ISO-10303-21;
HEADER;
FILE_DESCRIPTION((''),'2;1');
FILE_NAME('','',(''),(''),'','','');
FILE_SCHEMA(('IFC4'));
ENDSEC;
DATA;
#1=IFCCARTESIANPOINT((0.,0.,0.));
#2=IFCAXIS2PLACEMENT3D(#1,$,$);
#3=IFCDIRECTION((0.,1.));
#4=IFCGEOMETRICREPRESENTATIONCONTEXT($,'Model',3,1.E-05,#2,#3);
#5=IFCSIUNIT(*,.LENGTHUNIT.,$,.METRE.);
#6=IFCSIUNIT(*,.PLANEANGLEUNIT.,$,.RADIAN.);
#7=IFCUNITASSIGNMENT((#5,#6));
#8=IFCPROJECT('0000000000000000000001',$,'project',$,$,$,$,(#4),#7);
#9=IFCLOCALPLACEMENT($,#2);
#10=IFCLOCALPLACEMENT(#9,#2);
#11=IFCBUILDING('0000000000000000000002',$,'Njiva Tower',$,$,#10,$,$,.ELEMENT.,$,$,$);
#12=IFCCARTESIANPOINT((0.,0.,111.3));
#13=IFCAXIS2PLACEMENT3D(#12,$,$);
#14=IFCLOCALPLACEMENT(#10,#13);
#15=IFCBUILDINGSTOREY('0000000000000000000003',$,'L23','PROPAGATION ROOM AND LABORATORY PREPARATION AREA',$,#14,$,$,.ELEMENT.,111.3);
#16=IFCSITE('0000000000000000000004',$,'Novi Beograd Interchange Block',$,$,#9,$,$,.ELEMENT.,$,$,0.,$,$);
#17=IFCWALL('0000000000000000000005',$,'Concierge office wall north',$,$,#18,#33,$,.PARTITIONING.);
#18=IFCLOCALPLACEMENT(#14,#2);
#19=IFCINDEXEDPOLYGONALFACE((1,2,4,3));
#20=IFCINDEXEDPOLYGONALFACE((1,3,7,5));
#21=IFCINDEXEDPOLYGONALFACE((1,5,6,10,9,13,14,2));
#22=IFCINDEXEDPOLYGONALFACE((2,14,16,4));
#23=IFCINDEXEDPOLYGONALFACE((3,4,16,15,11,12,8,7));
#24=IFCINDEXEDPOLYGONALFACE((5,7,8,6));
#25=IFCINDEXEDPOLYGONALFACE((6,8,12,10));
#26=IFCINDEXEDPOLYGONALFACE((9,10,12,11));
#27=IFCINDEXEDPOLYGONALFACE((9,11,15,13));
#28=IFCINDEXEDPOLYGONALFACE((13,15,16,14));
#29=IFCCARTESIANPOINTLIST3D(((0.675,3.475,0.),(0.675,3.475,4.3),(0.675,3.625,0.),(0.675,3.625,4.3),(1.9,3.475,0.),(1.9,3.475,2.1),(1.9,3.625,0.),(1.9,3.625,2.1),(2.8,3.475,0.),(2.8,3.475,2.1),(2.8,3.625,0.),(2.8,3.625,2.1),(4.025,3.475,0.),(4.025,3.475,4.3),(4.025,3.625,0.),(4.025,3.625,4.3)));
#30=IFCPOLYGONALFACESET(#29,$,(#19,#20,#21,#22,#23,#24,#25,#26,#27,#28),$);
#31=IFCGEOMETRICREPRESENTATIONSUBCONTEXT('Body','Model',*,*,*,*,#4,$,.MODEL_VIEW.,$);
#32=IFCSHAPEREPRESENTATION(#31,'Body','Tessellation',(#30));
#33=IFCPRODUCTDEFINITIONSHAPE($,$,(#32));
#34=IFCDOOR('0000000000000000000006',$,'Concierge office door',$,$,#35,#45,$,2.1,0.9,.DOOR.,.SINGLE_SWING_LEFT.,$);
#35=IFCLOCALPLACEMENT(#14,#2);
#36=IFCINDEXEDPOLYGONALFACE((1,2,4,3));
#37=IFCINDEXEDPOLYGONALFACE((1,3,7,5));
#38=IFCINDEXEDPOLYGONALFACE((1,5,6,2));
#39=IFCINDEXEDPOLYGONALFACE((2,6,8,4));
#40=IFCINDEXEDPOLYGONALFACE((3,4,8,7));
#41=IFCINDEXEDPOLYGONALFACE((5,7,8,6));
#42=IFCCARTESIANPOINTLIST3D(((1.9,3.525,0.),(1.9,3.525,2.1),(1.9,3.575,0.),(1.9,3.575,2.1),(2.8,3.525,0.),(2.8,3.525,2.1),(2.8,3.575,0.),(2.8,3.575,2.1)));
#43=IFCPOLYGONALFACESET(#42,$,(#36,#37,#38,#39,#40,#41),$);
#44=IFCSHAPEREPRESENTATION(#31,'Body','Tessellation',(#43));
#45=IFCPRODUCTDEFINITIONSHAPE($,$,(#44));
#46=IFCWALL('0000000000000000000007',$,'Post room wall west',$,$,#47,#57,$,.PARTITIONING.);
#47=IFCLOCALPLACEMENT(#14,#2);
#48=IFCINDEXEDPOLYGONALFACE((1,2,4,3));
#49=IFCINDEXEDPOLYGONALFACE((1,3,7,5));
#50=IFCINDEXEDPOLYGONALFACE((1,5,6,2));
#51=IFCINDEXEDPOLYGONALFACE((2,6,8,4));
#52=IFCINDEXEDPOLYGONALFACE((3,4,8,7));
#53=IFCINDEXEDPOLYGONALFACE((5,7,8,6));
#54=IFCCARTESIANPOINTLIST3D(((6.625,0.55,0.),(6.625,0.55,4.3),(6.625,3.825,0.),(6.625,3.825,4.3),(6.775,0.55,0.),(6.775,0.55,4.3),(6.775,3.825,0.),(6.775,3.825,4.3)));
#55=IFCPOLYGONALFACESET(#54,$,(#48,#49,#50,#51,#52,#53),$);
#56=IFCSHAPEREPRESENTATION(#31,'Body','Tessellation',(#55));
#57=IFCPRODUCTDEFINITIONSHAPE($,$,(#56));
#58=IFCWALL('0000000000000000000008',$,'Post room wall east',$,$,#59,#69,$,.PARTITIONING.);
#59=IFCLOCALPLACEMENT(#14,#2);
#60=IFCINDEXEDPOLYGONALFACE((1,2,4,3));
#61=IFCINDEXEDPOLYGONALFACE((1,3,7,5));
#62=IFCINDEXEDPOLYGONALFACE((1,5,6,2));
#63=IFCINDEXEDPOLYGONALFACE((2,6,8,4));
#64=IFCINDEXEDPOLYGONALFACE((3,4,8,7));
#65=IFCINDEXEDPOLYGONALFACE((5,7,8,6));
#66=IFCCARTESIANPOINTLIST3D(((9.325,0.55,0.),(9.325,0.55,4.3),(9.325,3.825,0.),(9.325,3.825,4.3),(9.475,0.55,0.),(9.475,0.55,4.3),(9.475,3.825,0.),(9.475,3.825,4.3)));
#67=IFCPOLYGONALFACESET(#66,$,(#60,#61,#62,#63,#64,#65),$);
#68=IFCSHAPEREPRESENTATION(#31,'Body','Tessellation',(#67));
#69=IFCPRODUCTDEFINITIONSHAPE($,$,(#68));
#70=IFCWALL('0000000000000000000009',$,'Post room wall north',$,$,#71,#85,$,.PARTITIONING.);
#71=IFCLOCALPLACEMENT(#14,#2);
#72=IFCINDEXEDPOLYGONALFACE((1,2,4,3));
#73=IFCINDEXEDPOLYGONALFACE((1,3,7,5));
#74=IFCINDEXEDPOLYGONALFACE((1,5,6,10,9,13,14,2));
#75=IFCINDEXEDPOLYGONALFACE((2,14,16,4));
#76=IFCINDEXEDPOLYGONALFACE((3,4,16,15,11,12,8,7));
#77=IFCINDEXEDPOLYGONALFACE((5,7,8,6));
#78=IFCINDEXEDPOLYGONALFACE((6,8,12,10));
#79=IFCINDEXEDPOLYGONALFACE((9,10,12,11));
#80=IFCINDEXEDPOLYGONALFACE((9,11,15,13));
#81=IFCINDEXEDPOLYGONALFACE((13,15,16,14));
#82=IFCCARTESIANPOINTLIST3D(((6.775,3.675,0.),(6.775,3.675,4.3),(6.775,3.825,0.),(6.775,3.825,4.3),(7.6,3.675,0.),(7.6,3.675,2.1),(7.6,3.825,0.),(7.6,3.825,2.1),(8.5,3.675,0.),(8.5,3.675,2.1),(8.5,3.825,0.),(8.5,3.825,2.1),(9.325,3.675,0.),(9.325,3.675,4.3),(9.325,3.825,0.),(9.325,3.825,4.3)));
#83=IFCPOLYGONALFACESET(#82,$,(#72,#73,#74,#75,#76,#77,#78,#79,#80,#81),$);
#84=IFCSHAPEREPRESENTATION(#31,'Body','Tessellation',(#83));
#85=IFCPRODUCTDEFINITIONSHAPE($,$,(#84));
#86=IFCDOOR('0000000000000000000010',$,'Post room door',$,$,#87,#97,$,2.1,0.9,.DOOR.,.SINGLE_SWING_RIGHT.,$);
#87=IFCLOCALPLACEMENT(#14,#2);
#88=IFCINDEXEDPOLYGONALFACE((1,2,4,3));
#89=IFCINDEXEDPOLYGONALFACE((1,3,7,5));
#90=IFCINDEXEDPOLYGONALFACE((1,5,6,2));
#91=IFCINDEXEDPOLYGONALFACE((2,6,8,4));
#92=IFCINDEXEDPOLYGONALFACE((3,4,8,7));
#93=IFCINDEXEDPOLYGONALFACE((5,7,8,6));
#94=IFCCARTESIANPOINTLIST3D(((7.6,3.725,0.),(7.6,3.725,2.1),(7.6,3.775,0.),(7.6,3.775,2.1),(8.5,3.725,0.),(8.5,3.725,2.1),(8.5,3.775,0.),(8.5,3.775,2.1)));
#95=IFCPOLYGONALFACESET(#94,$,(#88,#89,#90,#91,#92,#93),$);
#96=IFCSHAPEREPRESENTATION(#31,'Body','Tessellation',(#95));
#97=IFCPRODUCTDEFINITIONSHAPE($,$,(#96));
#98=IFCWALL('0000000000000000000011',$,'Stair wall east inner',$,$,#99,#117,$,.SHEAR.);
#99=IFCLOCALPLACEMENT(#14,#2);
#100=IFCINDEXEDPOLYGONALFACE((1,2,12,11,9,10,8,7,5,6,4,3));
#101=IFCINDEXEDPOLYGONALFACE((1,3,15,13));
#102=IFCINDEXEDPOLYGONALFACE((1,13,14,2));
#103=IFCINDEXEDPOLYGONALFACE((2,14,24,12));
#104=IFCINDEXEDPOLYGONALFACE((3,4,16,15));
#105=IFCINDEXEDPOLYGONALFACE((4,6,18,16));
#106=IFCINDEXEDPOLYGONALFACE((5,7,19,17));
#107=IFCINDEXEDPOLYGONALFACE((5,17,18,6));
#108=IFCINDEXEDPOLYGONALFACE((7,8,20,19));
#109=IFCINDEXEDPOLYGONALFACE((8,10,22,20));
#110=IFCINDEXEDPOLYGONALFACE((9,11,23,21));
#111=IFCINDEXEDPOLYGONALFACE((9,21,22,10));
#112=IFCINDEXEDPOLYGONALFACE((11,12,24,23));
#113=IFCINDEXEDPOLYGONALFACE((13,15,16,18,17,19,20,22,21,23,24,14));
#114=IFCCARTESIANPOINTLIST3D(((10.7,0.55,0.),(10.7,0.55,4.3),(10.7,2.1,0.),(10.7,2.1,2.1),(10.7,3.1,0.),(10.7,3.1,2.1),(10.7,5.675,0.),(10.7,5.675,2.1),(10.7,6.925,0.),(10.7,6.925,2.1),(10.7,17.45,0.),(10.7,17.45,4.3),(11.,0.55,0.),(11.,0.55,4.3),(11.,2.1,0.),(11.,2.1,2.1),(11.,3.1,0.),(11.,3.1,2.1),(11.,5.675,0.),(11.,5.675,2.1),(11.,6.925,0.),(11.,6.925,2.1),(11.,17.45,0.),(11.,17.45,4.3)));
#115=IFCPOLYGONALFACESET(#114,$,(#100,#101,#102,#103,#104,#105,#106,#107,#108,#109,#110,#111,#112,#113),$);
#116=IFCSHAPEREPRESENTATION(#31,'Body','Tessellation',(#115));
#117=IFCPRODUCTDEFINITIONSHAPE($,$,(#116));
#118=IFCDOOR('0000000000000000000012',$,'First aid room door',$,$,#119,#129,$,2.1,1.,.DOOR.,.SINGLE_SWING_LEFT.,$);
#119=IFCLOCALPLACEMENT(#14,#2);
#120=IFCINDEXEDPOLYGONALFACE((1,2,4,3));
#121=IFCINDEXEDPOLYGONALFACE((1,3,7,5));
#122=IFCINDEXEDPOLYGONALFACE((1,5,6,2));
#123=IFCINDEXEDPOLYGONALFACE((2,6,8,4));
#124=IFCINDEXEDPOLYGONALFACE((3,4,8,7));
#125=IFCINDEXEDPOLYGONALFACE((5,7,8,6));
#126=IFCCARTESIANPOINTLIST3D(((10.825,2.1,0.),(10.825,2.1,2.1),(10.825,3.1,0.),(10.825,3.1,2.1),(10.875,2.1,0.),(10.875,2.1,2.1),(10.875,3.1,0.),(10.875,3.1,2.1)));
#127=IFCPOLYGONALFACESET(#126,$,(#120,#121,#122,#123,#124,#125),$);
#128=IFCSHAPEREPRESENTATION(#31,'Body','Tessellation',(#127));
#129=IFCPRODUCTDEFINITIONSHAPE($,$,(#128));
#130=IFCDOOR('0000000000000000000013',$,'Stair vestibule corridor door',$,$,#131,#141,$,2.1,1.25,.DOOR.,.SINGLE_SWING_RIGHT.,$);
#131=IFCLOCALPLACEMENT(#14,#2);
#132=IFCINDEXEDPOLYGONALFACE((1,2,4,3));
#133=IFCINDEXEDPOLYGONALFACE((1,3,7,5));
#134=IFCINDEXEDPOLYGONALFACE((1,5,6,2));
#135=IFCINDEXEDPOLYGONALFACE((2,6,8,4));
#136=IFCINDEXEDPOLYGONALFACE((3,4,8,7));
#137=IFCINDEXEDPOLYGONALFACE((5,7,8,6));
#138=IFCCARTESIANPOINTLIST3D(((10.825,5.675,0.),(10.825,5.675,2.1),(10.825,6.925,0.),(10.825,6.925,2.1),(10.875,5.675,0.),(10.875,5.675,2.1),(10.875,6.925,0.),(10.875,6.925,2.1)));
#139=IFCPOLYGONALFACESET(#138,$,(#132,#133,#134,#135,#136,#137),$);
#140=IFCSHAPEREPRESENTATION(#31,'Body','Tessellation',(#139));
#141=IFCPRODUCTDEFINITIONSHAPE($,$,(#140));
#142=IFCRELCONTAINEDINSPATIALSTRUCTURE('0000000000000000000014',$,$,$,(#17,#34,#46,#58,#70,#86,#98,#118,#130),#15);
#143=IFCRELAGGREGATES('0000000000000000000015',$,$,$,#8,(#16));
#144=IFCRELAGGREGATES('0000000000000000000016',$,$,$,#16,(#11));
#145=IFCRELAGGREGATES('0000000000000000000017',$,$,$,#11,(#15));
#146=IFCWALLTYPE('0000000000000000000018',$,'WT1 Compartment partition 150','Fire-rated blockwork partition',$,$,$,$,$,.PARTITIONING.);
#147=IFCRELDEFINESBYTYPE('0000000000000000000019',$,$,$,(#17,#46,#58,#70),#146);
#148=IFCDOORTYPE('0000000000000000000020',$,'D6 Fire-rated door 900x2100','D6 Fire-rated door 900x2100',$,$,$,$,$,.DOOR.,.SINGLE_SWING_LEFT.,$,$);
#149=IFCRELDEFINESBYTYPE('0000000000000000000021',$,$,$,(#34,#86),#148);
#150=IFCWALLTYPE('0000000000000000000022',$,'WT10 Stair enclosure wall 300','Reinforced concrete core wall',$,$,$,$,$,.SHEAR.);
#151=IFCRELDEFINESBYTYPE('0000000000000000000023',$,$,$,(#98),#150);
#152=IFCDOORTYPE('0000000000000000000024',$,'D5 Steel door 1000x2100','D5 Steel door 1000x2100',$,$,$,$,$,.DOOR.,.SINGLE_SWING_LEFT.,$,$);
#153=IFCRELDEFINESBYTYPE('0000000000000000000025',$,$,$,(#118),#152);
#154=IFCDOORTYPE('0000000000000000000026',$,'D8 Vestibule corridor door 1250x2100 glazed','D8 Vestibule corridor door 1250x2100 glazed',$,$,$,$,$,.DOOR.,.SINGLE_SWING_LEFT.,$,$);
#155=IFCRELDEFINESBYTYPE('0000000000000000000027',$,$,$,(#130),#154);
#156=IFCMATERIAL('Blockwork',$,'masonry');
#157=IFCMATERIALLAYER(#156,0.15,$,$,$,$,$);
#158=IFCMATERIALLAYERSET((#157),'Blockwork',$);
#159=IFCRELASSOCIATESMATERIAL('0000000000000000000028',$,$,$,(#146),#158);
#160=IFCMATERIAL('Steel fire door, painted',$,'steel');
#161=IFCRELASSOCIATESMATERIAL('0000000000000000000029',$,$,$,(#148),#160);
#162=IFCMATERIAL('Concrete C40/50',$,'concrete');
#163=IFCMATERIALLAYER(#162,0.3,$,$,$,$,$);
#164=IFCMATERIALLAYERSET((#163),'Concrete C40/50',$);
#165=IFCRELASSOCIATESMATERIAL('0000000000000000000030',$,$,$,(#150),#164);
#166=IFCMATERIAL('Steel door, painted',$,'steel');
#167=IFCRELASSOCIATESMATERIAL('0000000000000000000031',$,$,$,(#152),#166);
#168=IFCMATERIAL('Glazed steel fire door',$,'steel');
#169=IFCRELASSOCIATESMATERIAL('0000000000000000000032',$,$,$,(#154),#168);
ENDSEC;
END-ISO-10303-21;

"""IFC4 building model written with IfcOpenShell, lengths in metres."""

from ifc_helpers import new_model, si_unit, direction, frame, frame_2d, origin, place, context, subcontext, project, spatial, rectangle, extrude, material, layer, layer_set, type_object, element, fill, save


model = new_model("IFC4")

# Units and contexts
model_context = context("Model", 3, precision=1e-05, world=origin(), true_north=direction((0.0, 1.0)))
body_context = subcontext(model_context, "Body", "Model", "MODEL_VIEW")
ifc_project = project(units=[si_unit("LENGTHUNIT", "METRE"), si_unit("PLANEANGLEUNIT", "RADIAN")], contexts=[model_context])

# Site, building, storey
site_placement = place(None, origin())
site = spatial("IfcSite", under=ifc_project, at=site_placement, Name="Novi Beograd Interchange Block", CompositionType="ELEMENT", RefElevation=0.0)
building_placement = place(site_placement, origin())
building = spatial("IfcBuilding", under=site, at=building_placement, Name="Njiva Tower", CompositionType="ELEMENT")
storey_placement = place(building_placement, frame((0.0, 0.0, 111.3)))
storey = spatial("IfcBuildingStorey", under=building, at=storey_placement, Name="L23", Description="PROPAGATION ROOM AND LABORATORY PREPARATION AREA", CompositionType="ELEMENT", Elevation=111.3)

# Shared definitions
ifc_material_1 = material(Name="Concrete C40/50", Category="concrete")

# Shared definitions
ifc_material_2 = material(Name="Blockwork", Category="masonry")
ifc_layer_1 = layer(ifc_material_2, 0.15)
ifc_layer_set_1 = layer_set([ifc_layer_1], Name="Blockwork")
wall_type_1 = type_object("IfcWallType", Name="WT1 Compartment partition 150", Description="Fire-rated blockwork partition", PredefinedType="PARTITIONING", material=ifc_layer_set_1)

# Wall, opening, door
wall_1_placement = place(storey_placement, frame((0.675, 3.55, 0.0), z_axis=(0.0, 0.0, 1.0), x_axis=(1.0, 0.0, 0.0)))
wall_1 = element("IfcWall", 1, at=wall_1_placement, inside=storey, type_object=wall_type_1, Name="Concierge office wall north", PredefinedType="PARTITIONING", context=body_context, shape_type="SweptSolid", body=[
    extrude(rectangle(XDim=3.35, YDim=0.15, at=frame_2d((1.675, 0.0))), origin(), (0.0, 0.0, 1.0), 4.3),
])
opening_1_placement = place(wall_1_placement, frame((1.225, 0.0, 0.0)))
opening_1 = element("IfcOpeningElement", 2, at=opening_1_placement, cuts=wall_1, PredefinedType="OPENING", context=body_context, shape_type="SweptSolid", body=[
    extrude(rectangle(XDim=0.9, YDim=2.1, at=frame_2d((0.45, 1.05))), frame((0.0, 0.085, 0.0), z_axis=(0.0, -1.0, 0.0), x_axis=(1.0, 0.0, 0.0)), (0.0, 0.0, 1.0), 0.17),
])
ifc_material_3 = material(Name="Steel fire door, painted", Category="steel")
door_type_1 = type_object("IfcDoorType", Name="D6 Fire-rated door 900x2100", Description="D6 Fire-rated door 900x2100", OperationType="SINGLE_SWING_LEFT", PredefinedType="DOOR", material=ifc_material_3)
door_1_placement = place(opening_1_placement, origin())
door_1 = element("IfcDoor", 3, at=door_1_placement, inside=storey, type_object=door_type_1, Name="Concierge office door", OperationType="SINGLE_SWING_LEFT", OverallHeight=2.1, OverallWidth=0.9, PredefinedType="DOOR", context=body_context, shape_type="SweptSolid", body=[
    extrude(rectangle(XDim=0.9, YDim=2.1, at=frame_2d((0.45, 1.05))), frame((0.0, 0.025, 0.0), z_axis=(0.0, -1.0, 0.0), x_axis=(1.0, 0.0, 0.0)), (0.0, 0.0, 1.0), 0.05),
])
fill(opening_1, door_1)

# Walls
for number, where, z_axis, x_axis, name in (
    (4, (6.7, 0.55, 0.0), (0.0, 0.0, 1.0), (0.0, 1.0, 0.0), "Post room wall west"),
    (5, (9.4, 0.55, 0.0), (0.0, 0.0, 1.0), (0.0, 1.0, 0.0), "Post room wall east"),
):
    element("IfcWall", number, at=place(storey_placement, frame(where, z_axis=z_axis, x_axis=x_axis)), inside=storey, type_object=wall_type_1, Name=name, PredefinedType="PARTITIONING", context=body_context, shape_type="SweptSolid", body=[
        extrude(rectangle(XDim=3.275, YDim=0.15, at=frame_2d((1.6375, 0.0))), origin(), (0.0, 0.0, 1.0), 4.3),
    ])

# Wall, opening, door
wall_2_placement = place(storey_placement, frame((6.775, 3.75, 0.0), z_axis=(0.0, 0.0, 1.0), x_axis=(1.0, 0.0, 0.0)))
wall_2 = element("IfcWall", 6, at=wall_2_placement, inside=storey, type_object=wall_type_1, Name="Post room wall north", PredefinedType="PARTITIONING", context=body_context, shape_type="SweptSolid", body=[
    extrude(rectangle(XDim=2.55, YDim=0.15, at=frame_2d((1.275, 0.0))), origin(), (0.0, 0.0, 1.0), 4.3),
])
opening_2_placement = place(wall_2_placement, frame((0.825, 0.0, 0.0)))
opening_2 = element("IfcOpeningElement", 7, at=opening_2_placement, cuts=wall_2, PredefinedType="OPENING", context=body_context, shape_type="SweptSolid", body=[
    extrude(rectangle(XDim=0.9, YDim=2.1, at=frame_2d((0.45, 1.05))), frame((0.0, 0.085, 0.0), z_axis=(0.0, -1.0, 0.0), x_axis=(1.0, 0.0, 0.0)), (0.0, 0.0, 1.0), 0.17),
])
door_2_placement = place(opening_2_placement, origin())
door_2 = element("IfcDoor", 8, at=door_2_placement, inside=storey, type_object=door_type_1, Name="Post room door", OperationType="SINGLE_SWING_RIGHT", OverallHeight=2.1, OverallWidth=0.9, PredefinedType="DOOR", context=body_context, shape_type="SweptSolid", body=[
    extrude(rectangle(XDim=0.9, YDim=2.1, at=frame_2d((0.45, 1.05))), frame((0.0, 0.025, 0.0), z_axis=(0.0, -1.0, 0.0), x_axis=(1.0, 0.0, 0.0)), (0.0, 0.0, 1.0), 0.05),
])
fill(opening_2, door_2)

# Wall, openings, doors
ifc_layer_2 = layer(ifc_material_1, 0.3)
ifc_layer_set_2 = layer_set([ifc_layer_2], Name="Concrete C40/50")
wall_type_2 = type_object("IfcWallType", Name="WT10 Stair enclosure wall 300", Description="Reinforced concrete core wall", PredefinedType="SHEAR", material=ifc_layer_set_2)
wall_3_placement = place(storey_placement, frame((10.85, 0.55, 0.0), z_axis=(0.0, 0.0, 1.0), x_axis=(0.0, 1.0, 0.0)))
wall_3 = element("IfcWall", 9, at=wall_3_placement, inside=storey, type_object=wall_type_2, Name="Stair wall east inner", PredefinedType="SHEAR", context=body_context, shape_type="SweptSolid", body=[
    extrude(rectangle(XDim=16.9, YDim=0.3, at=frame_2d((8.45, 0.0))), origin(), (0.0, 0.0, 1.0), 4.3),
])
opening_3_placement = place(wall_3_placement, frame((5.125, 0.0, 0.0)))
opening_3 = element("IfcOpeningElement", 10, at=opening_3_placement, cuts=wall_3, PredefinedType="OPENING", context=body_context, shape_type="SweptSolid", body=[
    extrude(rectangle(XDim=1.25, YDim=2.1, at=frame_2d((0.625, 1.05))), frame((0.0, 0.16, 0.0), z_axis=(0.0, -1.0, 0.0), x_axis=(1.0, 0.0, 0.0)), (0.0, 0.0, 1.0), 0.32),
])
opening_4_placement = place(wall_3_placement, frame((1.55, 0.0, 0.0)))
opening_4 = element("IfcOpeningElement", 11, at=opening_4_placement, cuts=wall_3, PredefinedType="OPENING", context=body_context, shape_type="SweptSolid", body=[
    extrude(rectangle(XDim=1.0, YDim=2.1, at=frame_2d((0.5, 1.05))), frame((0.0, 0.16, 0.0), z_axis=(0.0, -1.0, 0.0), x_axis=(1.0, 0.0, 0.0)), (0.0, 0.0, 1.0), 0.32),
])
ifc_material_4 = material(Name="Steel door, painted", Category="steel")
door_type_2 = type_object("IfcDoorType", Name="D5 Steel door 1000x2100", Description="D5 Steel door 1000x2100", OperationType="SINGLE_SWING_LEFT", PredefinedType="DOOR", material=ifc_material_4)
door_3_placement = place(opening_4_placement, origin())
door_3 = element("IfcDoor", 12, at=door_3_placement, inside=storey, type_object=door_type_2, Name="First aid room door", OperationType="SINGLE_SWING_LEFT", OverallHeight=2.1, OverallWidth=1.0, PredefinedType="DOOR", context=body_context, shape_type="SweptSolid", body=[
    extrude(rectangle(XDim=1.0, YDim=2.1, at=frame_2d((0.5, 1.05))), frame((0.0, 0.025, 0.0), z_axis=(0.0, -1.0, 0.0), x_axis=(1.0, 0.0, 0.0)), (0.0, 0.0, 1.0), 0.05),
])
fill(opening_4, door_3)
ifc_material_5 = material(Name="Glazed steel fire door", Category="steel")
door_type_3 = type_object("IfcDoorType", Name="D8 Vestibule corridor door 1250x2100 glazed", Description="D8 Vestibule corridor door 1250x2100 glazed", OperationType="SINGLE_SWING_LEFT", PredefinedType="DOOR", material=ifc_material_5)
door_4_placement = place(opening_3_placement, origin())
door_4 = element("IfcDoor", 13, at=door_4_placement, inside=storey, type_object=door_type_3, Name="Stair vestibule corridor door", OperationType="SINGLE_SWING_RIGHT", OverallHeight=2.1, OverallWidth=1.25, PredefinedType="DOOR", context=body_context, shape_type="SweptSolid", body=[
    extrude(rectangle(XDim=1.25, YDim=2.1, at=frame_2d((0.625, 1.05))), frame((0.0, 0.025, 0.0), z_axis=(0.0, -1.0, 0.0), x_axis=(1.0, 0.0, 0.0)), (0.0, 0.0, 1.0), 0.05),
])
fill(opening_3, door_4)

save(model, "model.ifc")
